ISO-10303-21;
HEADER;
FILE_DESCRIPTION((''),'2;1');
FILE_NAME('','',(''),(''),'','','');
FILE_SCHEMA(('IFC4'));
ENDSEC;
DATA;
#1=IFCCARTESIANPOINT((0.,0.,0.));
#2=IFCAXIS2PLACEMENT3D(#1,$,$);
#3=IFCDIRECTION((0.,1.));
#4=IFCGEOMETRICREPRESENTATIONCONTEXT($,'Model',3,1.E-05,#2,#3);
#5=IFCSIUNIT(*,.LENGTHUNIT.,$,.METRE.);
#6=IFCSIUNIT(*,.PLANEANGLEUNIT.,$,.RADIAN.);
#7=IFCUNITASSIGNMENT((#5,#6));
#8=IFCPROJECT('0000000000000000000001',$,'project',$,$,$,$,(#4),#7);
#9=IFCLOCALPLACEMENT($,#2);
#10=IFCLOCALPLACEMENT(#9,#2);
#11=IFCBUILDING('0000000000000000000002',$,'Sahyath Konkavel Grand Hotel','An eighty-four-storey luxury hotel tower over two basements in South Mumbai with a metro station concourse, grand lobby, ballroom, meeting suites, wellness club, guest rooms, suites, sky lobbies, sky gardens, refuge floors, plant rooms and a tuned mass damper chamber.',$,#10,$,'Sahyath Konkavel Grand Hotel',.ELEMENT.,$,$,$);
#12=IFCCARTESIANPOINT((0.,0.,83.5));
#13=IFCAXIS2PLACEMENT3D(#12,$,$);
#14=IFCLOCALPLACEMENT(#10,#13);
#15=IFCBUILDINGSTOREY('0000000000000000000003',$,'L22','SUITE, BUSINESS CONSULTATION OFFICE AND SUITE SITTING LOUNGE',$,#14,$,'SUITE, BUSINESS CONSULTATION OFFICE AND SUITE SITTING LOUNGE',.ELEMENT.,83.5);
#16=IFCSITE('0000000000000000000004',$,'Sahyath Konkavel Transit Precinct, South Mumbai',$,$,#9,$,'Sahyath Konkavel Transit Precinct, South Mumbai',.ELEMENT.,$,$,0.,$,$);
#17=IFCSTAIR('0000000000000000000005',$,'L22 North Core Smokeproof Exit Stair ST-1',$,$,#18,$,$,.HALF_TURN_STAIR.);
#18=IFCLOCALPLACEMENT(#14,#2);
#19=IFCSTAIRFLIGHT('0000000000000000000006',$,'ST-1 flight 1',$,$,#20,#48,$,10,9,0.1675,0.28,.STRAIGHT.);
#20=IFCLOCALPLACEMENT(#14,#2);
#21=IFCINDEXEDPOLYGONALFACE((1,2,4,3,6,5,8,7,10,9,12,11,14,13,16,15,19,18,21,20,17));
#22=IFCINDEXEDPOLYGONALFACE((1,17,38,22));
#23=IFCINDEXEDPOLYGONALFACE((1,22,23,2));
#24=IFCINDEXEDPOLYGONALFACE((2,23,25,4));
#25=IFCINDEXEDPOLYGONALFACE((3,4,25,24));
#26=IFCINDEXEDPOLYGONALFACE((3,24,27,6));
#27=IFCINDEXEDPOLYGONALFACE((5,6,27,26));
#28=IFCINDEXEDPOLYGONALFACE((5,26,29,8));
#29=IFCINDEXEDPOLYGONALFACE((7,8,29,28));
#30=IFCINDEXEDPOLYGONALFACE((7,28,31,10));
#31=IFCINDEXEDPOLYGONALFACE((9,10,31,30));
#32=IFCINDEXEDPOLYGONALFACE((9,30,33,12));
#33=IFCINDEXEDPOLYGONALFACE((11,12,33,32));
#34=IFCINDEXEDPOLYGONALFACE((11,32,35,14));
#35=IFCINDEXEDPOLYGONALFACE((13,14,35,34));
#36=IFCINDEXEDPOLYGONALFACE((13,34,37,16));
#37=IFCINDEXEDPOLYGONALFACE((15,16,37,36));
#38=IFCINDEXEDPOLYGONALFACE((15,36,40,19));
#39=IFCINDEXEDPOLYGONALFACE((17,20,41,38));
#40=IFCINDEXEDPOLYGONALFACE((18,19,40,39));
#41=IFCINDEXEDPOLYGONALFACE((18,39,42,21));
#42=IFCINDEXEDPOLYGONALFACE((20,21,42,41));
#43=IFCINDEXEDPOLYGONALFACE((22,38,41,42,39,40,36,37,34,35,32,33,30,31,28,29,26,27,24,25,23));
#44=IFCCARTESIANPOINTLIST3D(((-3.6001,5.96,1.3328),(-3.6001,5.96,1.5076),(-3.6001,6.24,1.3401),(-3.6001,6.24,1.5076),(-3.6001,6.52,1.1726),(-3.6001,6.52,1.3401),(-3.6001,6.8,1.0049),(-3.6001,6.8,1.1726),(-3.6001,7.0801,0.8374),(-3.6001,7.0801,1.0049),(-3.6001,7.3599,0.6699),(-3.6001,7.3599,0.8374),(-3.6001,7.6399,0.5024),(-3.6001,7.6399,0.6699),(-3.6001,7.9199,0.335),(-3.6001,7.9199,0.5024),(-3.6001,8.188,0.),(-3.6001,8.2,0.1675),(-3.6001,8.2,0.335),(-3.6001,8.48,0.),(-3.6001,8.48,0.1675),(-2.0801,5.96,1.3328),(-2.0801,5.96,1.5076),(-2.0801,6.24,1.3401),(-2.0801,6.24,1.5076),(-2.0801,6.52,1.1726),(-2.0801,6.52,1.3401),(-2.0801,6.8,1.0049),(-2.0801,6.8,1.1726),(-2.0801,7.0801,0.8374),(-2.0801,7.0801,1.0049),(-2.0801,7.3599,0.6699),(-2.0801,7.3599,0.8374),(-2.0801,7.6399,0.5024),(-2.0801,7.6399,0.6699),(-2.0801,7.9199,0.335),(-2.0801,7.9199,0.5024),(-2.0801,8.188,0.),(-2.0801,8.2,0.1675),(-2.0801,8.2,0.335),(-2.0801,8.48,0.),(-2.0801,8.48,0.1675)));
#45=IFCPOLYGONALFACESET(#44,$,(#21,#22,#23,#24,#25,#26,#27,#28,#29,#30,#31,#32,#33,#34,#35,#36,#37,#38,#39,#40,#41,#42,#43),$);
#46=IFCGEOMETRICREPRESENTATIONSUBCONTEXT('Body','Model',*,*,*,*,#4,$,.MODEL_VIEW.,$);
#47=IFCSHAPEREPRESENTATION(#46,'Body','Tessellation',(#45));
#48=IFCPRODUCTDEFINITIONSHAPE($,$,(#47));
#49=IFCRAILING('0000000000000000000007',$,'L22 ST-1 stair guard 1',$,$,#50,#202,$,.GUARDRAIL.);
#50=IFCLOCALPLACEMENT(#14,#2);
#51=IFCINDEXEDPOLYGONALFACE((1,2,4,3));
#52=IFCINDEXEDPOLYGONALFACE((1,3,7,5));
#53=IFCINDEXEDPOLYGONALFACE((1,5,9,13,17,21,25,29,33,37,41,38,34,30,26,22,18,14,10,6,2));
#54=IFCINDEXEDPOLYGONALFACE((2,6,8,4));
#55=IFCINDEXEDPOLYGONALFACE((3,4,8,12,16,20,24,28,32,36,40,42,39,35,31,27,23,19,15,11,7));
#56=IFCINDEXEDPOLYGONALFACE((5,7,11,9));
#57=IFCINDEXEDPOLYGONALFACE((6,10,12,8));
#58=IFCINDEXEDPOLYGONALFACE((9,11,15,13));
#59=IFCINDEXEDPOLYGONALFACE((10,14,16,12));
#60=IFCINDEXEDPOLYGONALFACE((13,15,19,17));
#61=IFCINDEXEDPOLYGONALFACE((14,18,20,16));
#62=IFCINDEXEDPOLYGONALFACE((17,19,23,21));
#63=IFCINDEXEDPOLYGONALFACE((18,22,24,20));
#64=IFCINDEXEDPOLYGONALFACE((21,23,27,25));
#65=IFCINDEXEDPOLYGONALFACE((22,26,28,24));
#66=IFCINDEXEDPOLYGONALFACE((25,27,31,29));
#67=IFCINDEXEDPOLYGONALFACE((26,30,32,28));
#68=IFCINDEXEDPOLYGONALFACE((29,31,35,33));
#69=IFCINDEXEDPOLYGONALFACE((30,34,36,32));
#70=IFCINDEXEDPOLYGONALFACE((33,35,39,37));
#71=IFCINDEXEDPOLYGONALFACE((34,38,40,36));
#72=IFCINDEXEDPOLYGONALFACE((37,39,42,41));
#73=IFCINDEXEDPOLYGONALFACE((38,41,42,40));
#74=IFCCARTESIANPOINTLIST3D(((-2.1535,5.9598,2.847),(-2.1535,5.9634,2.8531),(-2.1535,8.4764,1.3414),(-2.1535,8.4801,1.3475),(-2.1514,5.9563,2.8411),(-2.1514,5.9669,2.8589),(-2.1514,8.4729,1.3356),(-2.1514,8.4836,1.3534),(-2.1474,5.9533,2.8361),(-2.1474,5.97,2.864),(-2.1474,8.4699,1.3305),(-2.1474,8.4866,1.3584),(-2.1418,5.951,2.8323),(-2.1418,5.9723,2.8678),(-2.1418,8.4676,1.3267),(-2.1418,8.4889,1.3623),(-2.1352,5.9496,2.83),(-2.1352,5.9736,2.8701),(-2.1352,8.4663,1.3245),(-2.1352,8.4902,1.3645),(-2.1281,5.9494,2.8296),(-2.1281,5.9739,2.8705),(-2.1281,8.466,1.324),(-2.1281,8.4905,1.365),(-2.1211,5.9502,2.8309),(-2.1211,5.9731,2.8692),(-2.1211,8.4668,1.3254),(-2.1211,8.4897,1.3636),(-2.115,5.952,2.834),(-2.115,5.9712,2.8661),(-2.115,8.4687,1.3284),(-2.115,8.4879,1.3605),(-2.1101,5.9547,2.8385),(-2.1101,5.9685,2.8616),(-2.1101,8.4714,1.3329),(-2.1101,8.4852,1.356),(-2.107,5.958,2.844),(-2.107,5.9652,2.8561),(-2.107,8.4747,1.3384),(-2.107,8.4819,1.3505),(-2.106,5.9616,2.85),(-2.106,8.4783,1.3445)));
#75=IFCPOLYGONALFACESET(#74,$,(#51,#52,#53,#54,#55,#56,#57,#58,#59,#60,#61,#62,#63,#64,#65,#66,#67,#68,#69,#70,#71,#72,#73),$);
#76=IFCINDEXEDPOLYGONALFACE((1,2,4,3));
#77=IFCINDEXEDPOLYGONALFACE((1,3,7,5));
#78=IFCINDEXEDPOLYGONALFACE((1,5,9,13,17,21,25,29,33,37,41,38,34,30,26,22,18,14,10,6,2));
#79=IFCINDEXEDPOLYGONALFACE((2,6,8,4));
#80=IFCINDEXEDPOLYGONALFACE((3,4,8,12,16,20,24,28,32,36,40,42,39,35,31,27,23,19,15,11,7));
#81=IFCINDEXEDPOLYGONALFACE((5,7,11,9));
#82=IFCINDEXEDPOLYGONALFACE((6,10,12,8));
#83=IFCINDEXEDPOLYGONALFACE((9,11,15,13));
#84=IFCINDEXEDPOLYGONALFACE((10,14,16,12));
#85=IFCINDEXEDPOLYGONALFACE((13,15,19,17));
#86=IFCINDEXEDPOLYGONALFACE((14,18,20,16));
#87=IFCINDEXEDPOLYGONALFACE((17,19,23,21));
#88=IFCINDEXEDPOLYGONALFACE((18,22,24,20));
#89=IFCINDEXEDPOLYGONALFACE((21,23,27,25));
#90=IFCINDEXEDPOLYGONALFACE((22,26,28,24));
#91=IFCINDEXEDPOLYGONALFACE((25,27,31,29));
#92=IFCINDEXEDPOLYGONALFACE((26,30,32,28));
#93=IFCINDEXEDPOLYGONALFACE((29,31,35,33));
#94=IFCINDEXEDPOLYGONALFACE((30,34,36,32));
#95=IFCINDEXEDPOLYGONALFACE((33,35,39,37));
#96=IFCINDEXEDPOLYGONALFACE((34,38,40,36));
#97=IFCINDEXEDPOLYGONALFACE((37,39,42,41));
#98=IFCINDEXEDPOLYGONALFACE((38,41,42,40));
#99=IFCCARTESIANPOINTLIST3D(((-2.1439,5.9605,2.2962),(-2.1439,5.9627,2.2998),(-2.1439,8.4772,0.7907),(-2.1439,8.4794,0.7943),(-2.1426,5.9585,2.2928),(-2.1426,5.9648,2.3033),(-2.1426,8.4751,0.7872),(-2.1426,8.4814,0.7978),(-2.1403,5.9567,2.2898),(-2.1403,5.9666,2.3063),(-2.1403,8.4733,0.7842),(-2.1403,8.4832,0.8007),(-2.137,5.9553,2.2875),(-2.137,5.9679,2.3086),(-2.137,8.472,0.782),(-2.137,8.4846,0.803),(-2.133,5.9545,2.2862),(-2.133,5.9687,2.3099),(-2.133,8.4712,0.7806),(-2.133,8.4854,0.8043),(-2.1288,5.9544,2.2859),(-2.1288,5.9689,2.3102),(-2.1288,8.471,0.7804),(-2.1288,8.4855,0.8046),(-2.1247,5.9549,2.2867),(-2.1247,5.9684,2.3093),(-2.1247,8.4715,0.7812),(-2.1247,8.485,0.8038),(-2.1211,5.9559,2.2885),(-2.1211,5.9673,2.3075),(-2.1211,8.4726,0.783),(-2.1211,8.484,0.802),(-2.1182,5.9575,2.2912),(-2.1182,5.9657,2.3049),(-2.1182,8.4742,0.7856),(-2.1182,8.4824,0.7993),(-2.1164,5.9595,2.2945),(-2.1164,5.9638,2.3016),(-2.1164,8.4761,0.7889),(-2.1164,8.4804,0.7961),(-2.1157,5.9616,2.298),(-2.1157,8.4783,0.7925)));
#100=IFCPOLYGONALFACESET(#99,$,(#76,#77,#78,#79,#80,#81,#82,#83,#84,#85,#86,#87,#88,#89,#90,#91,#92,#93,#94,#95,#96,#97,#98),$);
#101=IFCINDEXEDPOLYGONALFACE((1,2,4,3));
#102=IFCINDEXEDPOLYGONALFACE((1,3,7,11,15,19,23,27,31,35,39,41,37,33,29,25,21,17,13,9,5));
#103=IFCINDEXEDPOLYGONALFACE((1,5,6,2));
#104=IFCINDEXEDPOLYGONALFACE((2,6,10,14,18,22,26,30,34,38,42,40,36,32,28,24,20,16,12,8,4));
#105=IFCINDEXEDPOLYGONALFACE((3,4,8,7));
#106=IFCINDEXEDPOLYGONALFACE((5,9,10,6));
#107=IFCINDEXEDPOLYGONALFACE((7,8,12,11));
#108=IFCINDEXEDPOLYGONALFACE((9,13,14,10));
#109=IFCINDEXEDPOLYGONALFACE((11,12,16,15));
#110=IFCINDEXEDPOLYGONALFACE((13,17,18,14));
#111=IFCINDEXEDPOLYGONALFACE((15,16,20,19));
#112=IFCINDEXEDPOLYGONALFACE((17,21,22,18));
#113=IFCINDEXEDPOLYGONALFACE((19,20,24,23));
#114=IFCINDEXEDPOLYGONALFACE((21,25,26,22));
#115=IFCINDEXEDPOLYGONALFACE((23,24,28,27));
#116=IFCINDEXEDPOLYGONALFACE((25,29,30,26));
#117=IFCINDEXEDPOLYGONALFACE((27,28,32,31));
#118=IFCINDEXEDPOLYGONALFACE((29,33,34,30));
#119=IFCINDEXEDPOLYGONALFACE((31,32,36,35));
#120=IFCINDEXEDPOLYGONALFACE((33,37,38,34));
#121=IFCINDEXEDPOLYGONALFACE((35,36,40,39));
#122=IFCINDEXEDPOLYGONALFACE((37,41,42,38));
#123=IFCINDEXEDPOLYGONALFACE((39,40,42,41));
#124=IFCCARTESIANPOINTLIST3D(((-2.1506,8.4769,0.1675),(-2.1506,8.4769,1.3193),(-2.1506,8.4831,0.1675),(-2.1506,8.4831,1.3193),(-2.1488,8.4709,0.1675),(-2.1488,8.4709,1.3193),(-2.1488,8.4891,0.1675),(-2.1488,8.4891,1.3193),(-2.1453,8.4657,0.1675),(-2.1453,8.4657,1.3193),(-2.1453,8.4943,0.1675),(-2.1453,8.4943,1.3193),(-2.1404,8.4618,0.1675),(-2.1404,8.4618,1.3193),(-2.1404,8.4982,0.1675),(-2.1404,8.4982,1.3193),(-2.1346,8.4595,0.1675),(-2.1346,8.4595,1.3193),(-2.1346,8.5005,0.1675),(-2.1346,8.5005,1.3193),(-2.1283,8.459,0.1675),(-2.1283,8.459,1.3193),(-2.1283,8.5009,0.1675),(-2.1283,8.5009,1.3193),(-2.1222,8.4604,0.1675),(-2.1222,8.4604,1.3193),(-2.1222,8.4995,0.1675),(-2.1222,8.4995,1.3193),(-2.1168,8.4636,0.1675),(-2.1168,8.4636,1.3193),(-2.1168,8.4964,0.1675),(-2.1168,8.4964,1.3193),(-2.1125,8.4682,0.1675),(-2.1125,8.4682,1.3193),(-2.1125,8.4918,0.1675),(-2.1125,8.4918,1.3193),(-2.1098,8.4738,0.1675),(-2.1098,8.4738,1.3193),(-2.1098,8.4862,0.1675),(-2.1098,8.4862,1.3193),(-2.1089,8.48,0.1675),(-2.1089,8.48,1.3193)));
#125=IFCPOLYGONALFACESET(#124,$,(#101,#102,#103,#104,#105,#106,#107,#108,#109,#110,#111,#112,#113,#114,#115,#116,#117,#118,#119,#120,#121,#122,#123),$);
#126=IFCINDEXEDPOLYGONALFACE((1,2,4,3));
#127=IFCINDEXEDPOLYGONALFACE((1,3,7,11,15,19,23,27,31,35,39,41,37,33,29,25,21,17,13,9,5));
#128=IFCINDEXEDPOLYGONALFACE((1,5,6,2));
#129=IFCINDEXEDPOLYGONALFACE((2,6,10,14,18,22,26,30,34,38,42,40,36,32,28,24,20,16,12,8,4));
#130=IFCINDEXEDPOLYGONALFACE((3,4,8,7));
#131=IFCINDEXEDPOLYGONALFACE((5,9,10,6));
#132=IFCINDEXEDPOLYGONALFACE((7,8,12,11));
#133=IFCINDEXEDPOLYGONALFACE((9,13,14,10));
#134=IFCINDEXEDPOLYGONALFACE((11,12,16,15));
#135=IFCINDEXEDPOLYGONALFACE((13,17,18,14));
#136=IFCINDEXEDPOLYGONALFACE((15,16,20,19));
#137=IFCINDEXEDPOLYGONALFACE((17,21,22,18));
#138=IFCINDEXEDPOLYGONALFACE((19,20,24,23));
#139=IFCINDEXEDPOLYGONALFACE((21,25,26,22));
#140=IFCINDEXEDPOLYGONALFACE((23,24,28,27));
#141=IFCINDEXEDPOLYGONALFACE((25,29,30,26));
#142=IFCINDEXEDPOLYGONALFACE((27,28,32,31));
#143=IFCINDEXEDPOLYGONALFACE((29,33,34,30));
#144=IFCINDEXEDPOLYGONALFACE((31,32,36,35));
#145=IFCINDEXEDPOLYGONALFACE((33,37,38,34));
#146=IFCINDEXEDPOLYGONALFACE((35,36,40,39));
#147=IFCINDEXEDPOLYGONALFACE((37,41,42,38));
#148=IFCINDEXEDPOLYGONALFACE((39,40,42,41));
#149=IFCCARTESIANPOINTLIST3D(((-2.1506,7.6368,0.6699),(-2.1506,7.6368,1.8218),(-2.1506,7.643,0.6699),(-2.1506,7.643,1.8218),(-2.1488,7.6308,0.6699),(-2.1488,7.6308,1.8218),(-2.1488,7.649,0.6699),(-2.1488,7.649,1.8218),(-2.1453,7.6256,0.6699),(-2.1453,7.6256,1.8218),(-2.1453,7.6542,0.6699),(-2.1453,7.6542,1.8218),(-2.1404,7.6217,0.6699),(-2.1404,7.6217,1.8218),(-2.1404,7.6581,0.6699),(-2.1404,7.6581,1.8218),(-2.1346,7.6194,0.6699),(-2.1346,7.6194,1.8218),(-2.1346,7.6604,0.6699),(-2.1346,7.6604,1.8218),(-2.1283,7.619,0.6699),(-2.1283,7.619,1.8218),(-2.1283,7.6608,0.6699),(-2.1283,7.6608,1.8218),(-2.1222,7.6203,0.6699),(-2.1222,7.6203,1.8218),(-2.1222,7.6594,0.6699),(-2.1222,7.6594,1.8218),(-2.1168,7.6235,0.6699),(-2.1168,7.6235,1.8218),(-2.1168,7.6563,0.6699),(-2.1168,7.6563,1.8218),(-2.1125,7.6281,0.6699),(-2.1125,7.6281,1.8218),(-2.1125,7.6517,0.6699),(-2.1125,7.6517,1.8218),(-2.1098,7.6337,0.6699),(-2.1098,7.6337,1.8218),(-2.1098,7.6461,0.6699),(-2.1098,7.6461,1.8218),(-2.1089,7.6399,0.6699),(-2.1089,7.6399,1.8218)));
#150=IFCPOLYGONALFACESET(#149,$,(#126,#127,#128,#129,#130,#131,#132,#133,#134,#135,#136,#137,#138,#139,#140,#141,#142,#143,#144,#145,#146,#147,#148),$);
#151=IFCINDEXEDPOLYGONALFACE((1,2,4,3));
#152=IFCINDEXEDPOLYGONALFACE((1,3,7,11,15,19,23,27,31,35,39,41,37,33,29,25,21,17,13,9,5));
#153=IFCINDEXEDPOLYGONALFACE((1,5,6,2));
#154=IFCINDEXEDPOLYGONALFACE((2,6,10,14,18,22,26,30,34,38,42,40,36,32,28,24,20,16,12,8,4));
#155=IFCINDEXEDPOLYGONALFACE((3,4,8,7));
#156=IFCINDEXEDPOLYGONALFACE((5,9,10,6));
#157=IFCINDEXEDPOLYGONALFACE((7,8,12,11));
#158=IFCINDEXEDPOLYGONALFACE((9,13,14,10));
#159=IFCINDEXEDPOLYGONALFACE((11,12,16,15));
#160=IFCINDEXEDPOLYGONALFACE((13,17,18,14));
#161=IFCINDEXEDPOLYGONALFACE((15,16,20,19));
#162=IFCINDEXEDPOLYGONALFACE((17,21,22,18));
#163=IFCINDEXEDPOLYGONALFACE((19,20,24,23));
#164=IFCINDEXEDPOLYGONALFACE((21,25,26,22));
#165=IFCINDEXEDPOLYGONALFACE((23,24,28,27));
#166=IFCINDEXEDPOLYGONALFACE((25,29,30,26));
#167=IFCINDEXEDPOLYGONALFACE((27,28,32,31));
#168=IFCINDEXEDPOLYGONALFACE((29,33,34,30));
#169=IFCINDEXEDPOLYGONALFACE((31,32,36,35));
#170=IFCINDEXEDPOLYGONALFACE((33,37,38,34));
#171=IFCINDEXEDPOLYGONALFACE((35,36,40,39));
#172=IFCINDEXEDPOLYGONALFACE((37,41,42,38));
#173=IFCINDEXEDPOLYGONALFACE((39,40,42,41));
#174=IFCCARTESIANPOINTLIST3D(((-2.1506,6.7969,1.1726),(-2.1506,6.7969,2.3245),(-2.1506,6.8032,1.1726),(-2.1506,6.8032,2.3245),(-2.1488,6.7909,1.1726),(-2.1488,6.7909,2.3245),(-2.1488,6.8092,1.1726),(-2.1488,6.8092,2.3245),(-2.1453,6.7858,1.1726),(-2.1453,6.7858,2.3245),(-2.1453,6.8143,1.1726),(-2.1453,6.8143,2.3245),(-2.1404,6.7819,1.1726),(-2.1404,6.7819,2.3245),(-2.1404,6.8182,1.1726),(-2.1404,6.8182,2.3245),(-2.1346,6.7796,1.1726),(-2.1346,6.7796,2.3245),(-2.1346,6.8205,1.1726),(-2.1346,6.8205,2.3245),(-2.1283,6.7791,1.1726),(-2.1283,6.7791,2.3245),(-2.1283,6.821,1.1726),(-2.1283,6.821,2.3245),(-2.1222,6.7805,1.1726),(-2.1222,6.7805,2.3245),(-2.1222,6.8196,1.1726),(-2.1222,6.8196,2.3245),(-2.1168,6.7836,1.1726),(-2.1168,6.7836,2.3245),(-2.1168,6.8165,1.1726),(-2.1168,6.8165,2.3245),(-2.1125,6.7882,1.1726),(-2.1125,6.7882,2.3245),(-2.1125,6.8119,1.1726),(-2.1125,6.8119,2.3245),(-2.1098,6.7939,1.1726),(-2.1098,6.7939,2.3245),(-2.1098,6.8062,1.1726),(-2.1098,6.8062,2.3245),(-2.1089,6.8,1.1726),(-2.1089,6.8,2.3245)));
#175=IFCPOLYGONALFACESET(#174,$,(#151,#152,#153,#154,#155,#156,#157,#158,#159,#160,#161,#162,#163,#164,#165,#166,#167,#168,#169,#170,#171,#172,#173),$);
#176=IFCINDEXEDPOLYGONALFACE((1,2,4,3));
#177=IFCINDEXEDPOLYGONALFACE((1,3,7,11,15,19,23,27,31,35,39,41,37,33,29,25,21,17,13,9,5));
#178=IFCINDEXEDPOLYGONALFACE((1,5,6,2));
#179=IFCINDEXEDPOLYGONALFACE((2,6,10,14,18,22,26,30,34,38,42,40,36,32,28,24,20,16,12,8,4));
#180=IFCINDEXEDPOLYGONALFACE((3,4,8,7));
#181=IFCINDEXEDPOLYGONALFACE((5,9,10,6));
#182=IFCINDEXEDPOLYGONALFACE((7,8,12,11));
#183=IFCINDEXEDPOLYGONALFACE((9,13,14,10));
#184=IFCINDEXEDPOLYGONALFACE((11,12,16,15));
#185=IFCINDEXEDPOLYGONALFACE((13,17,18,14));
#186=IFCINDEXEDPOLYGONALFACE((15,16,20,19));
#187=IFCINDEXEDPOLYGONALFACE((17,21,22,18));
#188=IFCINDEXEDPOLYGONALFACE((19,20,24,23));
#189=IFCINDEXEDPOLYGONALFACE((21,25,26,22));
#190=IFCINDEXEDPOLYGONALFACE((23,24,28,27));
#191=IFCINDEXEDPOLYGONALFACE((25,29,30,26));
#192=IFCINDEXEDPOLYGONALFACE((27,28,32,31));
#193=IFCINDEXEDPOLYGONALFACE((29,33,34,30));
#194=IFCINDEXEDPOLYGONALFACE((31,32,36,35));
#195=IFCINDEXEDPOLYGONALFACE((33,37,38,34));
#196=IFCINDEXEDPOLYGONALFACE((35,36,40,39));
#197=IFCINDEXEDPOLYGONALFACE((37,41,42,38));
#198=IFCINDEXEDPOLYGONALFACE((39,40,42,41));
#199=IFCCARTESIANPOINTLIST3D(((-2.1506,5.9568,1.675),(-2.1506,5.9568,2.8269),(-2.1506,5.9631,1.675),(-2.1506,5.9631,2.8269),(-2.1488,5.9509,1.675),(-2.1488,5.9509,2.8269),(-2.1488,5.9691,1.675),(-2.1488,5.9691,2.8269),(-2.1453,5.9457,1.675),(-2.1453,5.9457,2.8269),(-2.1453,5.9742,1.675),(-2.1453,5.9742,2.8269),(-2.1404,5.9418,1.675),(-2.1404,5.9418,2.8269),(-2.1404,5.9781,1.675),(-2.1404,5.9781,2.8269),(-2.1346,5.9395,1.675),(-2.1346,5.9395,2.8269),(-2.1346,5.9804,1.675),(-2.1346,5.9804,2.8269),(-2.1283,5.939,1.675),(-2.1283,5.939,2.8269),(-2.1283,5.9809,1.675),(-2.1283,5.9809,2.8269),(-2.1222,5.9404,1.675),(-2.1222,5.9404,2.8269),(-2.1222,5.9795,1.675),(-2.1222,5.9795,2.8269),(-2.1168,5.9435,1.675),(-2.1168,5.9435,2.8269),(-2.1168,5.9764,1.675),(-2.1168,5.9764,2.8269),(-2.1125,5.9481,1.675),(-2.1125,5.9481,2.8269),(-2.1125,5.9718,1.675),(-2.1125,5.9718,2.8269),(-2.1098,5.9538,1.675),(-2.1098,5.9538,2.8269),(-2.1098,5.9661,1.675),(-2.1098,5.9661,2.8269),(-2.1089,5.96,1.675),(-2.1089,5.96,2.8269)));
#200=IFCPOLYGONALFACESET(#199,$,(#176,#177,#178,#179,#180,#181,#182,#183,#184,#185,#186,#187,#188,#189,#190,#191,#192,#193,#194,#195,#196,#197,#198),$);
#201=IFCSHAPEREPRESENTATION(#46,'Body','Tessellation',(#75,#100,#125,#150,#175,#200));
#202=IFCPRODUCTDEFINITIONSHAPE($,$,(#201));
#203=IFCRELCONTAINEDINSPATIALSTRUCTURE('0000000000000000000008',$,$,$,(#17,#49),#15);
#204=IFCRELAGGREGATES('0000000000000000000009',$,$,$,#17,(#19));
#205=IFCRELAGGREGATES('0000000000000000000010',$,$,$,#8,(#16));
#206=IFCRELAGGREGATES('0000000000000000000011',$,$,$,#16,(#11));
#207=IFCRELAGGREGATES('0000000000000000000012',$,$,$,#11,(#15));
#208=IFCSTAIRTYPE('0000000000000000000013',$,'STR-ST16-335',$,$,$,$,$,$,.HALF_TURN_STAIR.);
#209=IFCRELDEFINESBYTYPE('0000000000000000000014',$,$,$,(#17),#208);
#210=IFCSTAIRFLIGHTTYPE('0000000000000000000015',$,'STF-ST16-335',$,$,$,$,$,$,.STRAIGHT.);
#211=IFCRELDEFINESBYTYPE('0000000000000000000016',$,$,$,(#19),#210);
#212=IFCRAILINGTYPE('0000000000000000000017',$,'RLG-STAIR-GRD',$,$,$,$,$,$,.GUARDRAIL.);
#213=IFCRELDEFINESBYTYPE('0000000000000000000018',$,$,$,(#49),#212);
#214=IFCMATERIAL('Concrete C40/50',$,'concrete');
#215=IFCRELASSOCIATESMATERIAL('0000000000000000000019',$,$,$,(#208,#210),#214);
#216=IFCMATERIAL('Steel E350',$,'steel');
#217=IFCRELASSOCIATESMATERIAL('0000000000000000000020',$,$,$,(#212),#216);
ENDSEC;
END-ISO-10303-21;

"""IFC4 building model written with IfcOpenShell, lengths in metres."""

from ifc_helpers import new_model, si_unit, direction, frame, origin, origin_2d, place, context, subcontext, project, spatial, polyline, circle, outline, extrude, material, type_object, element, aggregate, save


model = new_model("IFC4")

# Units and contexts
model_context = context("Model", 3, precision=1e-05, world=origin(), true_north=direction((0.0, 1.0)))
body_context = subcontext(model_context, "Body", "Model", "MODEL_VIEW")
ifc_project = project(units=[si_unit("LENGTHUNIT", "METRE"), si_unit("PLANEANGLEUNIT", "RADIAN")], contexts=[model_context])

# Site, building, storey
site_placement = place(None, origin())
site = spatial("IfcSite", under=ifc_project, at=site_placement, Name="Sahyath Konkavel Transit Precinct, South Mumbai", LongName="Sahyath Konkavel Transit Precinct, South Mumbai", CompositionType="ELEMENT", RefElevation=0.0)
building_placement = place(site_placement, origin())
building = spatial("IfcBuilding", under=site, at=building_placement, Name="Sahyath Konkavel Grand Hotel", Description="An eighty-four-storey luxury hotel tower over two basements in South Mumbai with a metro station concourse, grand lobby, ballroom, meeting suites, wellness club, guest rooms, suites, sky lobbies, sky gardens, refuge floors, plant rooms and a tuned mass damper chamber.", LongName="Sahyath Konkavel Grand Hotel", CompositionType="ELEMENT")
storey_placement = place(building_placement, frame((0.0, 0.0, 83.5)))
storey = spatial("IfcBuildingStorey", under=building, at=storey_placement, Name="L22", Description="SUITE, BUSINESS CONSULTATION OFFICE AND SUITE SITTING LOUNGE", LongName="SUITE, BUSINESS CONSULTATION OFFICE AND SUITE SITTING LOUNGE", CompositionType="ELEMENT", Elevation=83.5)

# Shared definitions
ifc_material_1 = material(Name="Steel E350", Category="steel")

# Stair, stair flight
ifc_material_2 = material(Name="Concrete C40/50", Category="concrete")
stair_type = type_object("IfcStairType", Name="STR-ST16-335", PredefinedType="HALF_TURN_STAIR", material=ifc_material_2)
stair_placement = place(storey_placement, origin())
stair = element("IfcStair", 1, at=stair_placement, inside=storey, type_object=stair_type, Name="L22 North Core Smokeproof Exit Stair ST-1", PredefinedType="HALF_TURN_STAIR")
stair_flight_type = type_object("IfcStairFlightType", Name="STF-ST16-335", PredefinedType="STRAIGHT", material=ifc_material_2)
stair_flight_placement = place(storey_placement, frame((-2.8401, 8.48, 0.0), z_axis=(0.0, 0.0, 1.0), x_axis=(0.0, -1.0, 0.0)))
stair_flight = element("IfcStairFlight", 2, at=stair_flight_placement, type_object=stair_flight_type, Name="ST-1 flight 1", NumberOfRisers=10, NumberOfTreads=9, PredefinedType="STRAIGHT", RiserHeight=0.1675, TreadLength=0.28, context=body_context, shape_type="SweptSolid", body=[
    extrude(outline(polyline([(0.0, 0.0), (0.0, 0.1675), (0.28, 0.1675), (0.28, 0.335), (0.5601, 0.335), (0.5601, 0.5024), (0.8401, 0.5024), (0.8401, 0.6699), (1.1201, 0.6699), (1.1201, 0.8374), (1.3999, 0.8374), (1.3999, 1.0049), (1.6799, 1.0049), (1.6799, 1.1726), (1.96, 1.1726), (1.96, 1.3401), (2.24, 1.3401), (2.24, 1.5076), (2.52, 1.5076), (2.52, 1.675), (2.52, 1.3328), (0.292, 0.0), (0.0, 0.0)])), frame((0.0, 0.76, 0.0), z_axis=(0.0, -1.0, 0.0), x_axis=(1.0, 0.0, 0.0)), (0.0, 0.0, 1.0), 1.52),
])
aggregate(stair, [stair_flight])

# Railing
railing_type_1 = type_object("IfcRailingType", Name="RLG-STAIR-GRD", PredefinedType="GUARDRAIL", material=ifc_material_1)
railing_1_placement = place(storey_placement, frame((-2.1299, 8.48, 0.1675)))
element("IfcRailing", 3, at=railing_1_placement, inside=storey, type_object=railing_type_1, Name="L22 ST-1 stair guard 1", PredefinedType="GUARDRAIL", context=body_context, shape_type="SweptSolid", body=[
    extrude(circle(Radius=0.0239, at=origin_2d()), frame((0.0, -0.0017, 1.177), z_axis=(0.0, -0.85816, 0.513383), x_axis=(1.0, 0.0, 0.0)), (0.0, 0.0, 1.0), 2.9326),
    extrude(circle(Radius=0.0142, at=origin_2d()), frame((0.0, -0.0017, 0.625), z_axis=(0.0, -0.85816, 0.513383), x_axis=(1.0, 0.0, 0.0)), (0.0, 0.0, 1.0), 2.9326),
    extrude(circle(Radius=0.021, at=origin_2d()), origin(), (0.0, 0.0, 1.0), 1.1519),
    extrude(circle(Radius=0.021, at=origin_2d()), frame((0.0, -0.8401, 0.5024)), (0.0, 0.0, 1.0), 1.1519),
    extrude(circle(Radius=0.021, at=origin_2d()), frame((0.0, -1.6799, 1.0051)), (0.0, 0.0, 1.0), 1.1519),
    extrude(circle(Radius=0.021, at=origin_2d()), frame((0.0, -2.52, 1.5076)), (0.0, 0.0, 1.0), 1.1519),
])

save(model, "model.ifc")
